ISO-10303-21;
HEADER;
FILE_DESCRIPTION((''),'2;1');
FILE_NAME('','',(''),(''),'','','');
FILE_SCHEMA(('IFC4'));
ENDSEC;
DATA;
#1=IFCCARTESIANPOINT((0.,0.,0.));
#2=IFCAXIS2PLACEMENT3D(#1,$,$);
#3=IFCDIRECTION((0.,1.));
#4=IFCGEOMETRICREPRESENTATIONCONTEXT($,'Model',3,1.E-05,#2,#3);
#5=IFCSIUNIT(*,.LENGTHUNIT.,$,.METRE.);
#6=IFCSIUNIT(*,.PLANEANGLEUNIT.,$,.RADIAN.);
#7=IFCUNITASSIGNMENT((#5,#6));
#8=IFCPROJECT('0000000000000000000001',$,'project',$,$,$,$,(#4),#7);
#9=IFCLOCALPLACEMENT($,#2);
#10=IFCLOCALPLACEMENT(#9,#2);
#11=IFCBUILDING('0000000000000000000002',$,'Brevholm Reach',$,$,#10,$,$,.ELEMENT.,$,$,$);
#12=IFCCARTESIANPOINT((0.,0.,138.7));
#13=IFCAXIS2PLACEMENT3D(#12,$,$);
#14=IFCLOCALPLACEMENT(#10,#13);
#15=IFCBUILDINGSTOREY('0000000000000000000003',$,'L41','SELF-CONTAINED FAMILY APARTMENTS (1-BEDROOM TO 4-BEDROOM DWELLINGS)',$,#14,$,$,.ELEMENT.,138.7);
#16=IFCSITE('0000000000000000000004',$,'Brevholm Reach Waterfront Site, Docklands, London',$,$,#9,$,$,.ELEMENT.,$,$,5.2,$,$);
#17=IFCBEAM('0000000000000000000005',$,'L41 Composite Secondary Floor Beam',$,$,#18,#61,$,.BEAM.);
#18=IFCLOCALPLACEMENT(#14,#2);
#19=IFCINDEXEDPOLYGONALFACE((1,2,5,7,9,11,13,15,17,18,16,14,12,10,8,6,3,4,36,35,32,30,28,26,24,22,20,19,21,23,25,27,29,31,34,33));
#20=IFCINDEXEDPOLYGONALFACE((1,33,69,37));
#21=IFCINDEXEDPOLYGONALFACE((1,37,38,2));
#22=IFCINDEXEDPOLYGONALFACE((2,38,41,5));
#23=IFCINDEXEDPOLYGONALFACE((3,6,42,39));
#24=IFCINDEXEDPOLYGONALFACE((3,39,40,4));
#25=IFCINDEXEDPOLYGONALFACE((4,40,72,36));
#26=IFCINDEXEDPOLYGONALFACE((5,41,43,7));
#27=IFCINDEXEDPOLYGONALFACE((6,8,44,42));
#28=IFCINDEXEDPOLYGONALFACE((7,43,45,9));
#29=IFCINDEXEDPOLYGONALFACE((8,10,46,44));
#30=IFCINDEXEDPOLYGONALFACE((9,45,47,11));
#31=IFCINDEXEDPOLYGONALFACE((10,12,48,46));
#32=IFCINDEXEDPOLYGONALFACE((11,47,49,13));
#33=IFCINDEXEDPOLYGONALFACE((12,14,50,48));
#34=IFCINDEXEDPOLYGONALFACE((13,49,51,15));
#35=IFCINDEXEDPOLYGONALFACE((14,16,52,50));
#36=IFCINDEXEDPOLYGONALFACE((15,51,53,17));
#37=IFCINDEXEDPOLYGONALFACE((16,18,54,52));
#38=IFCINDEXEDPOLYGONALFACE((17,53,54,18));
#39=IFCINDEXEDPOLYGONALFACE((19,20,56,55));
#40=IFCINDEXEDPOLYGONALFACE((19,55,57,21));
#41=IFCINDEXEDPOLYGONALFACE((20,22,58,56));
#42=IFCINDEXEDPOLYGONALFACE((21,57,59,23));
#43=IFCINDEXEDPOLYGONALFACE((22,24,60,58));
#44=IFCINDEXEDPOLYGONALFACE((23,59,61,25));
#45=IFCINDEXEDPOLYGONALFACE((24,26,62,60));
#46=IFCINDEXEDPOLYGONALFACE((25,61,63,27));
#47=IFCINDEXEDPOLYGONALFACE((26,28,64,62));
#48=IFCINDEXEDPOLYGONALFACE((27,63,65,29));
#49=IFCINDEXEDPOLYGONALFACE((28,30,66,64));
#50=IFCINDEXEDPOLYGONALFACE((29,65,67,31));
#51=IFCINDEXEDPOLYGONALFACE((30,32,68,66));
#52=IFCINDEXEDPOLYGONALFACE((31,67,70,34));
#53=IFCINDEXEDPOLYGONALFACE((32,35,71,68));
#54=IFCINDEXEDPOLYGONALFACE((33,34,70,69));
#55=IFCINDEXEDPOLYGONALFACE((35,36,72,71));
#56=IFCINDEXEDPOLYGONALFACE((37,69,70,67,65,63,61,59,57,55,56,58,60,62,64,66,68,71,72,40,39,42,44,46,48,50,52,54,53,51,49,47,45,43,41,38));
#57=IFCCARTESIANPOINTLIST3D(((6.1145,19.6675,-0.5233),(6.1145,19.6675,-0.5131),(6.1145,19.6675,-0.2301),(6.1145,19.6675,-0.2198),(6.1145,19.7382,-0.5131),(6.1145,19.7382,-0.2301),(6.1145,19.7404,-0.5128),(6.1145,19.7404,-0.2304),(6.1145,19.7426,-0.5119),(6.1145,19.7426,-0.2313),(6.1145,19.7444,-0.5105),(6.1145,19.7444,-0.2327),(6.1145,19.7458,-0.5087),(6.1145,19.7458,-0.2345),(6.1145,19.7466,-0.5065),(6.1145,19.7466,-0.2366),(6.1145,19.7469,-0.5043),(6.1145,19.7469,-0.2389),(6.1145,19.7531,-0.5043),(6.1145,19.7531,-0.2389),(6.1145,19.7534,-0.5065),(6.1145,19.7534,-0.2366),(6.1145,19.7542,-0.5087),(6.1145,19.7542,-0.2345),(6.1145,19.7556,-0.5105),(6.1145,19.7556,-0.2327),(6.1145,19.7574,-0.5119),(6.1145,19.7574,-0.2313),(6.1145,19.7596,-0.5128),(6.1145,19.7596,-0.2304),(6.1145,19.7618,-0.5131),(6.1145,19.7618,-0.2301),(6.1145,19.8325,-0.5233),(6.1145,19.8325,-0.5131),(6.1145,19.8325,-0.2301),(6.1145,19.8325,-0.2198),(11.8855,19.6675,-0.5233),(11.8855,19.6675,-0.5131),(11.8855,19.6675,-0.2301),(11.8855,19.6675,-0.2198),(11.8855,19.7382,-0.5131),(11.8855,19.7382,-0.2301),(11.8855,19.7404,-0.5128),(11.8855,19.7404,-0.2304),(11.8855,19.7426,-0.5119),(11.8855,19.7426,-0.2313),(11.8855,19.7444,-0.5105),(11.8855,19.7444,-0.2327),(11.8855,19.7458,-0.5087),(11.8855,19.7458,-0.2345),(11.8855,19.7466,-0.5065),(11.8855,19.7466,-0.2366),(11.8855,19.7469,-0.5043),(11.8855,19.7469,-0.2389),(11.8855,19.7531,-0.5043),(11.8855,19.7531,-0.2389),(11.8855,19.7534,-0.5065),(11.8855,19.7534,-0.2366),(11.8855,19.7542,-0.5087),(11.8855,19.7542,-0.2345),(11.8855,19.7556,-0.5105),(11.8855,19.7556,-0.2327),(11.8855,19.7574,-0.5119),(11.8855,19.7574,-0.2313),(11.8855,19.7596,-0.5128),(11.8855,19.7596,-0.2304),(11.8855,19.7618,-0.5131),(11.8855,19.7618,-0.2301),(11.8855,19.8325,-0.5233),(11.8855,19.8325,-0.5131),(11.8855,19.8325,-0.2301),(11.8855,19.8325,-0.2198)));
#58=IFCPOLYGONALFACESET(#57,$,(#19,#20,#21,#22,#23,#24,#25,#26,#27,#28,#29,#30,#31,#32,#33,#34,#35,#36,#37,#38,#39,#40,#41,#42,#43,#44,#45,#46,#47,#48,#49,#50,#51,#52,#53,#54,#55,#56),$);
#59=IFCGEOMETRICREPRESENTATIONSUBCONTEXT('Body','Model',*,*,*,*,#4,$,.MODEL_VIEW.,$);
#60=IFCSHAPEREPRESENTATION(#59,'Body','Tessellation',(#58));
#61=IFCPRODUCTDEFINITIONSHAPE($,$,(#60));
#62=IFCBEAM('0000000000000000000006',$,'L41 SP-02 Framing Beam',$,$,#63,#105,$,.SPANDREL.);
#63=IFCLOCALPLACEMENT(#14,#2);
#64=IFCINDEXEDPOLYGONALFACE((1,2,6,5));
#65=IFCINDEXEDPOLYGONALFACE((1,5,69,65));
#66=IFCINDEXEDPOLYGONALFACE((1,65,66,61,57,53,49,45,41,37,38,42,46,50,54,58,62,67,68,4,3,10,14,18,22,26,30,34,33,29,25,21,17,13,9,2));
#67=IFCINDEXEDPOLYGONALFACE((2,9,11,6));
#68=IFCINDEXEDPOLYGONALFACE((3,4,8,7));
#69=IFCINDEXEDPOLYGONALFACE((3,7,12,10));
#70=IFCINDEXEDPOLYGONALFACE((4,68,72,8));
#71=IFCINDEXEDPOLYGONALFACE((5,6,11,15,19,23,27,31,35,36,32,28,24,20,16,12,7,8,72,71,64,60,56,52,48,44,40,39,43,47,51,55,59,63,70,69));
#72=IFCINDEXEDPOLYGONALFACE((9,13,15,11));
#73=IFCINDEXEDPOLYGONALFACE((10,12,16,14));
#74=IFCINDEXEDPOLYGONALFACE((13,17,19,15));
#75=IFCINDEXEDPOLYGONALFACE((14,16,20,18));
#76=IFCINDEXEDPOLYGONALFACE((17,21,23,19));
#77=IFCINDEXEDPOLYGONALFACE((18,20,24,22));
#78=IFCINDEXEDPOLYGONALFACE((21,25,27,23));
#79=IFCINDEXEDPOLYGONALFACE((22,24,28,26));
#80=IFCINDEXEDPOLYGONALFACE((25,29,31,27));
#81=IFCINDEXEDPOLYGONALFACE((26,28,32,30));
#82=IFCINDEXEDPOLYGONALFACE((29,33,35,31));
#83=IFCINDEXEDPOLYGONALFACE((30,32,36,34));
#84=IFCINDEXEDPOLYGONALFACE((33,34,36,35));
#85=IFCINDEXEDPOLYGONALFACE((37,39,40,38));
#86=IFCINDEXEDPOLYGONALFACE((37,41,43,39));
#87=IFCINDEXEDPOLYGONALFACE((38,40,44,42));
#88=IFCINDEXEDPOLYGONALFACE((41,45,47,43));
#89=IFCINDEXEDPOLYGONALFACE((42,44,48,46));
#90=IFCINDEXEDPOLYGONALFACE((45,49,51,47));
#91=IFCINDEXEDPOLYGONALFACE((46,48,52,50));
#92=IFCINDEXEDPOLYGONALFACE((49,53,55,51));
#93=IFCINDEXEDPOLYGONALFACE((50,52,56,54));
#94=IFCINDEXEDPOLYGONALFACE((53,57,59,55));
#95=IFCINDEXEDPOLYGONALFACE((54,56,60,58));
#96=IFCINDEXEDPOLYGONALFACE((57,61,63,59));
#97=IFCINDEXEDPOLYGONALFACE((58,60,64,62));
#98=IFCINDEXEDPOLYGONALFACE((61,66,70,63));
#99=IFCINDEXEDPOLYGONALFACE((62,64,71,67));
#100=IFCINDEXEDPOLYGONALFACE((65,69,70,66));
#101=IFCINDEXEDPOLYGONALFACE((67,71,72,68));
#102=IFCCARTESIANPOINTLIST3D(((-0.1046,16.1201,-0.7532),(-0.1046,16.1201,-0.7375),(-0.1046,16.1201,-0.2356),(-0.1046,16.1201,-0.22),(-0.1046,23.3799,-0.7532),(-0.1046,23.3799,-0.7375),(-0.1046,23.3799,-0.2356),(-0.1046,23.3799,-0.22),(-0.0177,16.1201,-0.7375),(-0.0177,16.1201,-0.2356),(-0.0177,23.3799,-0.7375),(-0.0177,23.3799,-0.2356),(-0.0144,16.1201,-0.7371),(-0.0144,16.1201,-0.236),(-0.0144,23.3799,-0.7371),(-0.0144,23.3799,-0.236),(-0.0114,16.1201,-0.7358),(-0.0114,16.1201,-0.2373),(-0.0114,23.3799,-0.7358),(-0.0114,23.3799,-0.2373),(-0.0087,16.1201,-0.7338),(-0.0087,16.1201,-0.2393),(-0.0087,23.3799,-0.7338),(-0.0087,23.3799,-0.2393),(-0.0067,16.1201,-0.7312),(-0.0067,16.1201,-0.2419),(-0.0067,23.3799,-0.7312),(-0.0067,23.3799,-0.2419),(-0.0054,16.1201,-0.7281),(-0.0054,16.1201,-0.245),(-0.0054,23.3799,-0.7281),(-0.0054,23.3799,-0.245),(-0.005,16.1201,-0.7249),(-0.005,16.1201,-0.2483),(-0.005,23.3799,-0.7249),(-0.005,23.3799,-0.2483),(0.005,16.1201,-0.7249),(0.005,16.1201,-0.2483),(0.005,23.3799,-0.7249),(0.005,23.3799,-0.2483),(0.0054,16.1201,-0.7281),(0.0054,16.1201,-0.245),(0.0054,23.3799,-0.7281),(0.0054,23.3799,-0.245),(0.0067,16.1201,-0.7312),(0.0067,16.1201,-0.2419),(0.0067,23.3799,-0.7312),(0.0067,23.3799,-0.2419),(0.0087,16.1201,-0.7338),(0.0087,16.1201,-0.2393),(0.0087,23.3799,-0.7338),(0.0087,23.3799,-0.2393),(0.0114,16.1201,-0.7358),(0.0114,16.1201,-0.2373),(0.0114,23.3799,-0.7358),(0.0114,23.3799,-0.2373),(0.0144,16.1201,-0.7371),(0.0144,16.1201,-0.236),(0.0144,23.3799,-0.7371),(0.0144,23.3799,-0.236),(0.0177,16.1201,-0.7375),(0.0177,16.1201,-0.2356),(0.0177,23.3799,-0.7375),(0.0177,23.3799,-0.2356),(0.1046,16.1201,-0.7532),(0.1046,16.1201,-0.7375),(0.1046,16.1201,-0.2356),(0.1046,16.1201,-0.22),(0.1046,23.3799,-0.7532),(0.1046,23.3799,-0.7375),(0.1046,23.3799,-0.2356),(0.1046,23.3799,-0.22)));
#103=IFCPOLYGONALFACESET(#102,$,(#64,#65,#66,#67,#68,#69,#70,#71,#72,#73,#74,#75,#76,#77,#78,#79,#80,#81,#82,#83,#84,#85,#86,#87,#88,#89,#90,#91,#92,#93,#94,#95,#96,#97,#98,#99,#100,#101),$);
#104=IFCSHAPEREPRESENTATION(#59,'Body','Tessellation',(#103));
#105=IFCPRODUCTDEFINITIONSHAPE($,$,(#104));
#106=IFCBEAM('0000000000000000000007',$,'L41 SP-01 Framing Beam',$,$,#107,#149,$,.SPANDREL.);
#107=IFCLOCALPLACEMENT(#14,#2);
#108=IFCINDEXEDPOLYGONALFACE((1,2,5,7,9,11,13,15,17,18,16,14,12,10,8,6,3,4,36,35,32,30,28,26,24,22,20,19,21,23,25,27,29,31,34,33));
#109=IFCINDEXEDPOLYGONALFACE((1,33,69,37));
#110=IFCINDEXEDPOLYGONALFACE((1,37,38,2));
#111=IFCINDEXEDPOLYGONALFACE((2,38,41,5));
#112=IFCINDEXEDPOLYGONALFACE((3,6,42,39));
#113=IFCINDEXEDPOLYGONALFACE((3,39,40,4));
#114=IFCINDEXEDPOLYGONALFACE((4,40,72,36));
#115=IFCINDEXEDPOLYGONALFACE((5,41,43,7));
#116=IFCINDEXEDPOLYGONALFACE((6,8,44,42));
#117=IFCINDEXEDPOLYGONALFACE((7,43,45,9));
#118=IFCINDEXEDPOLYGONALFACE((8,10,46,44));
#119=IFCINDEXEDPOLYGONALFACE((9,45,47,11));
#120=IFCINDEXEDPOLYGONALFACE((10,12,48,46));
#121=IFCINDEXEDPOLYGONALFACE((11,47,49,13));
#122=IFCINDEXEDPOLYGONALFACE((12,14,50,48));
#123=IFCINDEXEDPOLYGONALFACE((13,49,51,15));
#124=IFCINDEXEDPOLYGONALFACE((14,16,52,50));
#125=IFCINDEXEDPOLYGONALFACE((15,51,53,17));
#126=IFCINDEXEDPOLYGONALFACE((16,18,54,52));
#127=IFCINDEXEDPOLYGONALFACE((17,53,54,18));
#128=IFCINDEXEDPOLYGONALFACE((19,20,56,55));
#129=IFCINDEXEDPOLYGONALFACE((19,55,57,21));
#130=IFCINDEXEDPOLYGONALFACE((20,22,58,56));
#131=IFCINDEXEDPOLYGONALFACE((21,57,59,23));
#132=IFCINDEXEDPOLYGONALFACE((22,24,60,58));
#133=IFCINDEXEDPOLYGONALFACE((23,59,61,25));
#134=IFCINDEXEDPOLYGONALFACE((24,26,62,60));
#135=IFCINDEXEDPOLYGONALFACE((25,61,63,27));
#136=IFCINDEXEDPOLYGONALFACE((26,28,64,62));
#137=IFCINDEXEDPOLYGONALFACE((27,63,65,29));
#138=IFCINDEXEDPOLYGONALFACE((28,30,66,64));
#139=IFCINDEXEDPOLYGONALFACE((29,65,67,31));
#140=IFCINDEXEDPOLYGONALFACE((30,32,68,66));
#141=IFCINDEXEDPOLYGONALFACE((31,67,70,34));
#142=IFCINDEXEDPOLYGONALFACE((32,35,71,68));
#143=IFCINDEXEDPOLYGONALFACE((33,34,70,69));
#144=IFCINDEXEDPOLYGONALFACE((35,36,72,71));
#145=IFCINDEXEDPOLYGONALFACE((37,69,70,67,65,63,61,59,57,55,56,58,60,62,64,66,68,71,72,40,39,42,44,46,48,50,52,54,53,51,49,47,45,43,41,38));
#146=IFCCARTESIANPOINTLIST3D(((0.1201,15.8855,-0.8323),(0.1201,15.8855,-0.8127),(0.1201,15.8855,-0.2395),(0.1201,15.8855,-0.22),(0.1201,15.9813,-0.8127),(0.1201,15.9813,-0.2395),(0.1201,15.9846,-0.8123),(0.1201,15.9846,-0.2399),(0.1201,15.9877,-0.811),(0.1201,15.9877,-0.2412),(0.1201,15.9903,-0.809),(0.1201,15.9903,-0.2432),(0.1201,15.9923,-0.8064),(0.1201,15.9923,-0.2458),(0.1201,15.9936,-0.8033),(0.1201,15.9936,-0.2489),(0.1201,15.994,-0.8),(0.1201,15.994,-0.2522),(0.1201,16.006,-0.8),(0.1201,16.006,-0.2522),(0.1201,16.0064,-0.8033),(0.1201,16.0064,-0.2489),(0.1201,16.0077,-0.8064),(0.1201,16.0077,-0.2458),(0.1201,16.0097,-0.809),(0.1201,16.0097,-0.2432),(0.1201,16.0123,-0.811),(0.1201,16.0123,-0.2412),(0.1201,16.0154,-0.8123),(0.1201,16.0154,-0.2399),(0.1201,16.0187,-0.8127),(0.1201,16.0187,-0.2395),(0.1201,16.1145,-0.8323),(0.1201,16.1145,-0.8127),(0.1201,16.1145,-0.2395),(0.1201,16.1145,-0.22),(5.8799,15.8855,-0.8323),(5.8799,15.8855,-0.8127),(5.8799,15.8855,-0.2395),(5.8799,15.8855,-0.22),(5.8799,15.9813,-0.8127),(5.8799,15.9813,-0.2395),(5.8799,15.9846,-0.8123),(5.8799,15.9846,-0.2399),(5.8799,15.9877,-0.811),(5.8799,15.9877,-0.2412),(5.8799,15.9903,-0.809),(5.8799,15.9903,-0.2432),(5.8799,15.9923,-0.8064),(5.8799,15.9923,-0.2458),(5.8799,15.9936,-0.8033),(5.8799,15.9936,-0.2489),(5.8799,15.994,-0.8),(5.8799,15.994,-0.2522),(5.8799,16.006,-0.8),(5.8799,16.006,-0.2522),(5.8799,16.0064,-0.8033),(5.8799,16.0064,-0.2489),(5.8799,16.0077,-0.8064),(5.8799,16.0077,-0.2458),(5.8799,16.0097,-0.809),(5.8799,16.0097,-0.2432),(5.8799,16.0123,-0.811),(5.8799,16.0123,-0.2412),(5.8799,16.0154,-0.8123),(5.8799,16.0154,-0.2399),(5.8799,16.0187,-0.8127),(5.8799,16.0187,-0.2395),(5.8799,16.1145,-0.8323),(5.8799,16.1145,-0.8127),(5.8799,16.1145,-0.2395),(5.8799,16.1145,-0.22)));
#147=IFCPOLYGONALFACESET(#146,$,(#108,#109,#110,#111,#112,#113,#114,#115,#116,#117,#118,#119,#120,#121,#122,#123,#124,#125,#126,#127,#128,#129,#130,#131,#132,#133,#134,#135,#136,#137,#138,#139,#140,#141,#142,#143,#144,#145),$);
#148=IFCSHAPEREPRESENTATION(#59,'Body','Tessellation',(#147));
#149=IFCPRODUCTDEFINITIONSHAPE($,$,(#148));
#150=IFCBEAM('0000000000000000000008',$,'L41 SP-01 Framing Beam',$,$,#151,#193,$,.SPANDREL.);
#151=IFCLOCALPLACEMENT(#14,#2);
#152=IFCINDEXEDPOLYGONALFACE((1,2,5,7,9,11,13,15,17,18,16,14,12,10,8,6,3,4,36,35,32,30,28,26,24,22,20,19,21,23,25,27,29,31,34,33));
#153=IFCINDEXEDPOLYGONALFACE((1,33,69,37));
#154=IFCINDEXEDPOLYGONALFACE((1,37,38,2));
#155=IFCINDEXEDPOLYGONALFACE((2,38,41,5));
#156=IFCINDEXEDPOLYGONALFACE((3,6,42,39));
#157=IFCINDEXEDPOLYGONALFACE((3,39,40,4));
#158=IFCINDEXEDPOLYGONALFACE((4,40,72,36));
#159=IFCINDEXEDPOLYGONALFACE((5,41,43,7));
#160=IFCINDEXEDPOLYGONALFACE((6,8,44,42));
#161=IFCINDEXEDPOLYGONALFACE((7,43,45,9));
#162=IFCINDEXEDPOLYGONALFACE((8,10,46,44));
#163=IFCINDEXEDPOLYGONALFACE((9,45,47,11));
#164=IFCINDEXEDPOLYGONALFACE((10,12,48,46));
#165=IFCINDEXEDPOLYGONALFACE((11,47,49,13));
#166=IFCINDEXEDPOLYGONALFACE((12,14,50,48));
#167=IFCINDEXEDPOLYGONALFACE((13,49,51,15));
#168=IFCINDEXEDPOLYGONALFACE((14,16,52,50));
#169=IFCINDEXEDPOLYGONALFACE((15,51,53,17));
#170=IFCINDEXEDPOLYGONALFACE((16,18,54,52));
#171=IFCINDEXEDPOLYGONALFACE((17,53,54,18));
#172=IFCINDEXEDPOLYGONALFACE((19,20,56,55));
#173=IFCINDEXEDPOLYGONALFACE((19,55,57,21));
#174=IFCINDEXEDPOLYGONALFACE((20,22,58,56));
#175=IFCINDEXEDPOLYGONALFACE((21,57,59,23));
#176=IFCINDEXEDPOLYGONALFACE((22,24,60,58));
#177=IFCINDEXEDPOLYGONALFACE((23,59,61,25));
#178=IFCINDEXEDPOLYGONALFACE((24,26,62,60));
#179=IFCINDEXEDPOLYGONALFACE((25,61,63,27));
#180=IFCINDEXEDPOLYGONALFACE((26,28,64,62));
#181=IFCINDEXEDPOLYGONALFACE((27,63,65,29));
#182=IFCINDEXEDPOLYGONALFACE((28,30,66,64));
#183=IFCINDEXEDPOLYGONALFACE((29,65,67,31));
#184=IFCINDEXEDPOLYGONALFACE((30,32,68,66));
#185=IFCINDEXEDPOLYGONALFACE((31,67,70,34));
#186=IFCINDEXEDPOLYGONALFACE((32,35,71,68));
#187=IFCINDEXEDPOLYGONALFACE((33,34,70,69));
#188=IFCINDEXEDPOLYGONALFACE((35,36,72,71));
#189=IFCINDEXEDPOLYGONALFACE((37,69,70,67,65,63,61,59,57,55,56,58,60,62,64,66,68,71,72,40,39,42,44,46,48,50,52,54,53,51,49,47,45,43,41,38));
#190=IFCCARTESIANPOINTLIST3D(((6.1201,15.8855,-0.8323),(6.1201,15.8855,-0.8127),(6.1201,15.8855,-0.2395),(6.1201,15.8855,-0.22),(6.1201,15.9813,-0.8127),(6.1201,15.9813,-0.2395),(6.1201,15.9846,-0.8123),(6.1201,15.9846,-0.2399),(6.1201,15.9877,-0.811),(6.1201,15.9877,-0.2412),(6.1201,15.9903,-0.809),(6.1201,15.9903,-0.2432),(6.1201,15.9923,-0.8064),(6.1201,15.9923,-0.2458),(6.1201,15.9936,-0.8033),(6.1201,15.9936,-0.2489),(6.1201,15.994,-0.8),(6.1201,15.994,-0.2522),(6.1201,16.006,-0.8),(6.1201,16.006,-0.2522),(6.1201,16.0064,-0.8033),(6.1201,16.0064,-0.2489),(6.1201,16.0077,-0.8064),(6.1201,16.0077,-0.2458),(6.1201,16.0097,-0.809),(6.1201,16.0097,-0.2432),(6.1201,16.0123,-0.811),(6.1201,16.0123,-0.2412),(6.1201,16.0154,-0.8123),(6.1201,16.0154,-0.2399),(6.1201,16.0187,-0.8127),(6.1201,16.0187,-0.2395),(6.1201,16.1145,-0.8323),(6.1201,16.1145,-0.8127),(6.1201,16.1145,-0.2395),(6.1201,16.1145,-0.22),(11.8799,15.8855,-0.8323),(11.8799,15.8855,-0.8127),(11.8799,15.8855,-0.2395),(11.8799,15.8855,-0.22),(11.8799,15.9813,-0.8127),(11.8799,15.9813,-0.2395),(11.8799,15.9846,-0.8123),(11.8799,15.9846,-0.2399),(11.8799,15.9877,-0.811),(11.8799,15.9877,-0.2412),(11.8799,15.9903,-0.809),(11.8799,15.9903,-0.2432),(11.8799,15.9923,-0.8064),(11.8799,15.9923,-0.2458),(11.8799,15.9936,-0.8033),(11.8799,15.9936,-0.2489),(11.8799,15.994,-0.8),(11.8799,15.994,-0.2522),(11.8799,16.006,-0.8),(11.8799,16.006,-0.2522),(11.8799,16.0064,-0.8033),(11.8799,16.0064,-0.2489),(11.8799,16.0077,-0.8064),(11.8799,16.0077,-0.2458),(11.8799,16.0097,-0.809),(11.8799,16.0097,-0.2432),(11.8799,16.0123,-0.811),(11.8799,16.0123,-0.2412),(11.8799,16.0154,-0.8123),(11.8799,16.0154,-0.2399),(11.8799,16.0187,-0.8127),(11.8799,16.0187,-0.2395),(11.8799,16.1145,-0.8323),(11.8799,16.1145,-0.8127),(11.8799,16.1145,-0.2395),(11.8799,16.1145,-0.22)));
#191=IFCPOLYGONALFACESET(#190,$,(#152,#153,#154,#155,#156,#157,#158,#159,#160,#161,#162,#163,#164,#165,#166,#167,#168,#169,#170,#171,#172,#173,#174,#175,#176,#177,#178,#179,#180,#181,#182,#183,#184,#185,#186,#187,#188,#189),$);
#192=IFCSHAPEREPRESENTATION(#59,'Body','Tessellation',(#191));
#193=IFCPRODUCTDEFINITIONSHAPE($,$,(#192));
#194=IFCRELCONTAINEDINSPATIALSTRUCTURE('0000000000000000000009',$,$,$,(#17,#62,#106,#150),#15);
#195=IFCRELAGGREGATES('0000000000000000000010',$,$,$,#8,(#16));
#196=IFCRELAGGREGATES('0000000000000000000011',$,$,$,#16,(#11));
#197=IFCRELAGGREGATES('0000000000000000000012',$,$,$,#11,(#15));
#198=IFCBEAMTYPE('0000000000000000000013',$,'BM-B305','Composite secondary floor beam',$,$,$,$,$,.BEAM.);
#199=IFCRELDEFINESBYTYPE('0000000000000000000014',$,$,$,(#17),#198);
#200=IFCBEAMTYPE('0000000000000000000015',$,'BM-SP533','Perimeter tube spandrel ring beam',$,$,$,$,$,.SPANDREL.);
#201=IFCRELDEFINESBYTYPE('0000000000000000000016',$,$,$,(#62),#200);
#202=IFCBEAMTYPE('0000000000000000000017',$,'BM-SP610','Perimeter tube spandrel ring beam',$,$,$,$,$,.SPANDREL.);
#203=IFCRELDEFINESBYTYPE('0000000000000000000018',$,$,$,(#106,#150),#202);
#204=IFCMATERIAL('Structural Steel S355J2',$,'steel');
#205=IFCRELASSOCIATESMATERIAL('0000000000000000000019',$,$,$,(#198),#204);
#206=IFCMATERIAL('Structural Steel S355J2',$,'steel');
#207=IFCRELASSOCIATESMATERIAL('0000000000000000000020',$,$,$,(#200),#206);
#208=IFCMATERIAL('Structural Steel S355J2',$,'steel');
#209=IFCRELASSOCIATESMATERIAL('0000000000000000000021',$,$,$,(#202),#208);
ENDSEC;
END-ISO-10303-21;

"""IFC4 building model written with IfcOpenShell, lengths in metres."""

from ifc_helpers import new_model, si_unit, direction, frame, origin, origin_2d, place, context, subcontext, project, spatial, i_section, extrude, material, material_profile, profile_set, type_object, element, save


model = new_model("IFC4")

# Units and contexts
model_context = context("Model", 3, precision=1e-05, world=origin(), true_north=direction((0.0, 1.0)))
body_context = subcontext(model_context, "Body", "Model", "MODEL_VIEW")
ifc_project = project(units=[si_unit("LENGTHUNIT", "METRE"), si_unit("PLANEANGLEUNIT", "RADIAN")], contexts=[model_context])

# Site, building, storey
site_placement = place(None, origin())
site = spatial("IfcSite", under=ifc_project, at=site_placement, Name="Brevholm Reach Waterfront Site, Docklands, London", CompositionType="ELEMENT", RefElevation=5.2)
building_placement = place(site_placement, origin())
building = spatial("IfcBuilding", under=site, at=building_placement, Name="Brevholm Reach", CompositionType="ELEMENT")
storey_placement = place(building_placement, frame((0.0, 0.0, 138.7)))
storey = spatial("IfcBuildingStorey", under=building, at=storey_placement, Name="L41", Description="SELF-CONTAINED FAMILY APARTMENTS (1-BEDROOM TO 4-BEDROOM DWELLINGS)", CompositionType="ELEMENT", Elevation=138.7)

# Beams
ifc_material_1 = material(Name="Structural Steel S355J2", Category="steel")
ifc_material_profile_1 = material_profile(ifc_material_1, i_section(OverallWidth=0.165, OverallDepth=0.3035, WebThickness=0.0061, FlangeThickness=0.0103, FilletRadius=0.0088, at=origin_2d()), Name="UKB 305x165x40")
ifc_profile_set_1 = profile_set([ifc_material_profile_1], Name="Structural Steel S355J2")
beam_type_1 = type_object("IfcBeamType", Name="BM-B305", Description="Composite secondary floor beam", PredefinedType="BEAM", material=ifc_profile_set_1)
beam_1_placement = place(storey_placement, frame((6.1145, 19.75, -0.3716), z_axis=(1.0, 0.0, 0.0), x_axis=(0.0, 1.0, 0.0)))
element("IfcBeam", 1, at=beam_1_placement, inside=storey, type_object=beam_type_1, Name="L41 Composite Secondary Floor Beam", PredefinedType="BEAM", context=body_context, shape_type="SweptSolid", body=[
    extrude(i_section(OverallWidth=0.165, OverallDepth=0.3035, WebThickness=0.0061, FlangeThickness=0.0103, FilletRadius=0.0088, at=origin_2d()), origin(), (0.0, 0.0, 1.0), 5.771),
])
ifc_material_2 = material(Name="Structural Steel S355J2", Category="steel")
ifc_material_profile_2 = material_profile(ifc_material_2, i_section(OverallWidth=0.2092, OverallDepth=0.5332, WebThickness=0.01, FlangeThickness=0.0156, FilletRadius=0.0127, at=origin_2d()), Name="UKB 533x210x92")
ifc_profile_set_2 = profile_set([ifc_material_profile_2], Name="Structural Steel S355J2")
beam_type_2 = type_object("IfcBeamType", Name="BM-SP533", Description="Perimeter tube spandrel ring beam", PredefinedType="SPANDREL", material=ifc_profile_set_2)
beam_2_placement = place(storey_placement, frame((0.0, 16.1201, -0.4866), z_axis=(0.0, 1.0, 0.0), x_axis=(-1.0, 0.0, 0.0)))
element("IfcBeam", 2, at=beam_2_placement, inside=storey, type_object=beam_type_2, Name="L41 SP-02 Framing Beam", PredefinedType="SPANDREL", context=body_context, shape_type="SweptSolid", body=[
    extrude(i_section(OverallWidth=0.2092, OverallDepth=0.5332, WebThickness=0.01, FlangeThickness=0.0156, FilletRadius=0.0127, at=origin_2d()), origin(), (0.0, 0.0, 1.0), 7.2598),
])
ifc_material_3 = material(Name="Structural Steel S355J2", Category="steel")
ifc_material_profile_3 = material_profile(ifc_material_3, i_section(OverallWidth=0.229, OverallDepth=0.6123, WebThickness=0.012, FlangeThickness=0.0195, FilletRadius=0.0127, at=origin_2d()), Name="UKB 610x229x125")
ifc_profile_set_3 = profile_set([ifc_material_profile_3], Name="Structural Steel S355J2")
beam_type_3 = type_object("IfcBeamType", Name="BM-SP610", Description="Perimeter tube spandrel ring beam", PredefinedType="SPANDREL", material=ifc_profile_set_3)
for number, where, z_axis, x_axis, name in (
    (3, (0.1201, 16.0, -0.5261), (1.0, 0.0, 0.0), (0.0, 1.0, 0.0), "L41 SP-01 Framing Beam"),
    (4, (6.1201, 16.0, -0.5261), (1.0, 0.0, 0.0), (0.0, 1.0, 0.0), "L41 SP-01 Framing Beam"),
):
    element("IfcBeam", number, at=place(storey_placement, frame(where, z_axis=z_axis, x_axis=x_axis)), inside=storey, type_object=beam_type_3, Name=name, PredefinedType="SPANDREL", context=body_context, shape_type="SweptSolid", body=[
        extrude(i_section(OverallWidth=0.229, OverallDepth=0.6123, WebThickness=0.012, FlangeThickness=0.0195, FilletRadius=0.0127, at=origin_2d()), origin(), (0.0, 0.0, 1.0), 5.7598),
    ])

save(model, "model.ifc")
